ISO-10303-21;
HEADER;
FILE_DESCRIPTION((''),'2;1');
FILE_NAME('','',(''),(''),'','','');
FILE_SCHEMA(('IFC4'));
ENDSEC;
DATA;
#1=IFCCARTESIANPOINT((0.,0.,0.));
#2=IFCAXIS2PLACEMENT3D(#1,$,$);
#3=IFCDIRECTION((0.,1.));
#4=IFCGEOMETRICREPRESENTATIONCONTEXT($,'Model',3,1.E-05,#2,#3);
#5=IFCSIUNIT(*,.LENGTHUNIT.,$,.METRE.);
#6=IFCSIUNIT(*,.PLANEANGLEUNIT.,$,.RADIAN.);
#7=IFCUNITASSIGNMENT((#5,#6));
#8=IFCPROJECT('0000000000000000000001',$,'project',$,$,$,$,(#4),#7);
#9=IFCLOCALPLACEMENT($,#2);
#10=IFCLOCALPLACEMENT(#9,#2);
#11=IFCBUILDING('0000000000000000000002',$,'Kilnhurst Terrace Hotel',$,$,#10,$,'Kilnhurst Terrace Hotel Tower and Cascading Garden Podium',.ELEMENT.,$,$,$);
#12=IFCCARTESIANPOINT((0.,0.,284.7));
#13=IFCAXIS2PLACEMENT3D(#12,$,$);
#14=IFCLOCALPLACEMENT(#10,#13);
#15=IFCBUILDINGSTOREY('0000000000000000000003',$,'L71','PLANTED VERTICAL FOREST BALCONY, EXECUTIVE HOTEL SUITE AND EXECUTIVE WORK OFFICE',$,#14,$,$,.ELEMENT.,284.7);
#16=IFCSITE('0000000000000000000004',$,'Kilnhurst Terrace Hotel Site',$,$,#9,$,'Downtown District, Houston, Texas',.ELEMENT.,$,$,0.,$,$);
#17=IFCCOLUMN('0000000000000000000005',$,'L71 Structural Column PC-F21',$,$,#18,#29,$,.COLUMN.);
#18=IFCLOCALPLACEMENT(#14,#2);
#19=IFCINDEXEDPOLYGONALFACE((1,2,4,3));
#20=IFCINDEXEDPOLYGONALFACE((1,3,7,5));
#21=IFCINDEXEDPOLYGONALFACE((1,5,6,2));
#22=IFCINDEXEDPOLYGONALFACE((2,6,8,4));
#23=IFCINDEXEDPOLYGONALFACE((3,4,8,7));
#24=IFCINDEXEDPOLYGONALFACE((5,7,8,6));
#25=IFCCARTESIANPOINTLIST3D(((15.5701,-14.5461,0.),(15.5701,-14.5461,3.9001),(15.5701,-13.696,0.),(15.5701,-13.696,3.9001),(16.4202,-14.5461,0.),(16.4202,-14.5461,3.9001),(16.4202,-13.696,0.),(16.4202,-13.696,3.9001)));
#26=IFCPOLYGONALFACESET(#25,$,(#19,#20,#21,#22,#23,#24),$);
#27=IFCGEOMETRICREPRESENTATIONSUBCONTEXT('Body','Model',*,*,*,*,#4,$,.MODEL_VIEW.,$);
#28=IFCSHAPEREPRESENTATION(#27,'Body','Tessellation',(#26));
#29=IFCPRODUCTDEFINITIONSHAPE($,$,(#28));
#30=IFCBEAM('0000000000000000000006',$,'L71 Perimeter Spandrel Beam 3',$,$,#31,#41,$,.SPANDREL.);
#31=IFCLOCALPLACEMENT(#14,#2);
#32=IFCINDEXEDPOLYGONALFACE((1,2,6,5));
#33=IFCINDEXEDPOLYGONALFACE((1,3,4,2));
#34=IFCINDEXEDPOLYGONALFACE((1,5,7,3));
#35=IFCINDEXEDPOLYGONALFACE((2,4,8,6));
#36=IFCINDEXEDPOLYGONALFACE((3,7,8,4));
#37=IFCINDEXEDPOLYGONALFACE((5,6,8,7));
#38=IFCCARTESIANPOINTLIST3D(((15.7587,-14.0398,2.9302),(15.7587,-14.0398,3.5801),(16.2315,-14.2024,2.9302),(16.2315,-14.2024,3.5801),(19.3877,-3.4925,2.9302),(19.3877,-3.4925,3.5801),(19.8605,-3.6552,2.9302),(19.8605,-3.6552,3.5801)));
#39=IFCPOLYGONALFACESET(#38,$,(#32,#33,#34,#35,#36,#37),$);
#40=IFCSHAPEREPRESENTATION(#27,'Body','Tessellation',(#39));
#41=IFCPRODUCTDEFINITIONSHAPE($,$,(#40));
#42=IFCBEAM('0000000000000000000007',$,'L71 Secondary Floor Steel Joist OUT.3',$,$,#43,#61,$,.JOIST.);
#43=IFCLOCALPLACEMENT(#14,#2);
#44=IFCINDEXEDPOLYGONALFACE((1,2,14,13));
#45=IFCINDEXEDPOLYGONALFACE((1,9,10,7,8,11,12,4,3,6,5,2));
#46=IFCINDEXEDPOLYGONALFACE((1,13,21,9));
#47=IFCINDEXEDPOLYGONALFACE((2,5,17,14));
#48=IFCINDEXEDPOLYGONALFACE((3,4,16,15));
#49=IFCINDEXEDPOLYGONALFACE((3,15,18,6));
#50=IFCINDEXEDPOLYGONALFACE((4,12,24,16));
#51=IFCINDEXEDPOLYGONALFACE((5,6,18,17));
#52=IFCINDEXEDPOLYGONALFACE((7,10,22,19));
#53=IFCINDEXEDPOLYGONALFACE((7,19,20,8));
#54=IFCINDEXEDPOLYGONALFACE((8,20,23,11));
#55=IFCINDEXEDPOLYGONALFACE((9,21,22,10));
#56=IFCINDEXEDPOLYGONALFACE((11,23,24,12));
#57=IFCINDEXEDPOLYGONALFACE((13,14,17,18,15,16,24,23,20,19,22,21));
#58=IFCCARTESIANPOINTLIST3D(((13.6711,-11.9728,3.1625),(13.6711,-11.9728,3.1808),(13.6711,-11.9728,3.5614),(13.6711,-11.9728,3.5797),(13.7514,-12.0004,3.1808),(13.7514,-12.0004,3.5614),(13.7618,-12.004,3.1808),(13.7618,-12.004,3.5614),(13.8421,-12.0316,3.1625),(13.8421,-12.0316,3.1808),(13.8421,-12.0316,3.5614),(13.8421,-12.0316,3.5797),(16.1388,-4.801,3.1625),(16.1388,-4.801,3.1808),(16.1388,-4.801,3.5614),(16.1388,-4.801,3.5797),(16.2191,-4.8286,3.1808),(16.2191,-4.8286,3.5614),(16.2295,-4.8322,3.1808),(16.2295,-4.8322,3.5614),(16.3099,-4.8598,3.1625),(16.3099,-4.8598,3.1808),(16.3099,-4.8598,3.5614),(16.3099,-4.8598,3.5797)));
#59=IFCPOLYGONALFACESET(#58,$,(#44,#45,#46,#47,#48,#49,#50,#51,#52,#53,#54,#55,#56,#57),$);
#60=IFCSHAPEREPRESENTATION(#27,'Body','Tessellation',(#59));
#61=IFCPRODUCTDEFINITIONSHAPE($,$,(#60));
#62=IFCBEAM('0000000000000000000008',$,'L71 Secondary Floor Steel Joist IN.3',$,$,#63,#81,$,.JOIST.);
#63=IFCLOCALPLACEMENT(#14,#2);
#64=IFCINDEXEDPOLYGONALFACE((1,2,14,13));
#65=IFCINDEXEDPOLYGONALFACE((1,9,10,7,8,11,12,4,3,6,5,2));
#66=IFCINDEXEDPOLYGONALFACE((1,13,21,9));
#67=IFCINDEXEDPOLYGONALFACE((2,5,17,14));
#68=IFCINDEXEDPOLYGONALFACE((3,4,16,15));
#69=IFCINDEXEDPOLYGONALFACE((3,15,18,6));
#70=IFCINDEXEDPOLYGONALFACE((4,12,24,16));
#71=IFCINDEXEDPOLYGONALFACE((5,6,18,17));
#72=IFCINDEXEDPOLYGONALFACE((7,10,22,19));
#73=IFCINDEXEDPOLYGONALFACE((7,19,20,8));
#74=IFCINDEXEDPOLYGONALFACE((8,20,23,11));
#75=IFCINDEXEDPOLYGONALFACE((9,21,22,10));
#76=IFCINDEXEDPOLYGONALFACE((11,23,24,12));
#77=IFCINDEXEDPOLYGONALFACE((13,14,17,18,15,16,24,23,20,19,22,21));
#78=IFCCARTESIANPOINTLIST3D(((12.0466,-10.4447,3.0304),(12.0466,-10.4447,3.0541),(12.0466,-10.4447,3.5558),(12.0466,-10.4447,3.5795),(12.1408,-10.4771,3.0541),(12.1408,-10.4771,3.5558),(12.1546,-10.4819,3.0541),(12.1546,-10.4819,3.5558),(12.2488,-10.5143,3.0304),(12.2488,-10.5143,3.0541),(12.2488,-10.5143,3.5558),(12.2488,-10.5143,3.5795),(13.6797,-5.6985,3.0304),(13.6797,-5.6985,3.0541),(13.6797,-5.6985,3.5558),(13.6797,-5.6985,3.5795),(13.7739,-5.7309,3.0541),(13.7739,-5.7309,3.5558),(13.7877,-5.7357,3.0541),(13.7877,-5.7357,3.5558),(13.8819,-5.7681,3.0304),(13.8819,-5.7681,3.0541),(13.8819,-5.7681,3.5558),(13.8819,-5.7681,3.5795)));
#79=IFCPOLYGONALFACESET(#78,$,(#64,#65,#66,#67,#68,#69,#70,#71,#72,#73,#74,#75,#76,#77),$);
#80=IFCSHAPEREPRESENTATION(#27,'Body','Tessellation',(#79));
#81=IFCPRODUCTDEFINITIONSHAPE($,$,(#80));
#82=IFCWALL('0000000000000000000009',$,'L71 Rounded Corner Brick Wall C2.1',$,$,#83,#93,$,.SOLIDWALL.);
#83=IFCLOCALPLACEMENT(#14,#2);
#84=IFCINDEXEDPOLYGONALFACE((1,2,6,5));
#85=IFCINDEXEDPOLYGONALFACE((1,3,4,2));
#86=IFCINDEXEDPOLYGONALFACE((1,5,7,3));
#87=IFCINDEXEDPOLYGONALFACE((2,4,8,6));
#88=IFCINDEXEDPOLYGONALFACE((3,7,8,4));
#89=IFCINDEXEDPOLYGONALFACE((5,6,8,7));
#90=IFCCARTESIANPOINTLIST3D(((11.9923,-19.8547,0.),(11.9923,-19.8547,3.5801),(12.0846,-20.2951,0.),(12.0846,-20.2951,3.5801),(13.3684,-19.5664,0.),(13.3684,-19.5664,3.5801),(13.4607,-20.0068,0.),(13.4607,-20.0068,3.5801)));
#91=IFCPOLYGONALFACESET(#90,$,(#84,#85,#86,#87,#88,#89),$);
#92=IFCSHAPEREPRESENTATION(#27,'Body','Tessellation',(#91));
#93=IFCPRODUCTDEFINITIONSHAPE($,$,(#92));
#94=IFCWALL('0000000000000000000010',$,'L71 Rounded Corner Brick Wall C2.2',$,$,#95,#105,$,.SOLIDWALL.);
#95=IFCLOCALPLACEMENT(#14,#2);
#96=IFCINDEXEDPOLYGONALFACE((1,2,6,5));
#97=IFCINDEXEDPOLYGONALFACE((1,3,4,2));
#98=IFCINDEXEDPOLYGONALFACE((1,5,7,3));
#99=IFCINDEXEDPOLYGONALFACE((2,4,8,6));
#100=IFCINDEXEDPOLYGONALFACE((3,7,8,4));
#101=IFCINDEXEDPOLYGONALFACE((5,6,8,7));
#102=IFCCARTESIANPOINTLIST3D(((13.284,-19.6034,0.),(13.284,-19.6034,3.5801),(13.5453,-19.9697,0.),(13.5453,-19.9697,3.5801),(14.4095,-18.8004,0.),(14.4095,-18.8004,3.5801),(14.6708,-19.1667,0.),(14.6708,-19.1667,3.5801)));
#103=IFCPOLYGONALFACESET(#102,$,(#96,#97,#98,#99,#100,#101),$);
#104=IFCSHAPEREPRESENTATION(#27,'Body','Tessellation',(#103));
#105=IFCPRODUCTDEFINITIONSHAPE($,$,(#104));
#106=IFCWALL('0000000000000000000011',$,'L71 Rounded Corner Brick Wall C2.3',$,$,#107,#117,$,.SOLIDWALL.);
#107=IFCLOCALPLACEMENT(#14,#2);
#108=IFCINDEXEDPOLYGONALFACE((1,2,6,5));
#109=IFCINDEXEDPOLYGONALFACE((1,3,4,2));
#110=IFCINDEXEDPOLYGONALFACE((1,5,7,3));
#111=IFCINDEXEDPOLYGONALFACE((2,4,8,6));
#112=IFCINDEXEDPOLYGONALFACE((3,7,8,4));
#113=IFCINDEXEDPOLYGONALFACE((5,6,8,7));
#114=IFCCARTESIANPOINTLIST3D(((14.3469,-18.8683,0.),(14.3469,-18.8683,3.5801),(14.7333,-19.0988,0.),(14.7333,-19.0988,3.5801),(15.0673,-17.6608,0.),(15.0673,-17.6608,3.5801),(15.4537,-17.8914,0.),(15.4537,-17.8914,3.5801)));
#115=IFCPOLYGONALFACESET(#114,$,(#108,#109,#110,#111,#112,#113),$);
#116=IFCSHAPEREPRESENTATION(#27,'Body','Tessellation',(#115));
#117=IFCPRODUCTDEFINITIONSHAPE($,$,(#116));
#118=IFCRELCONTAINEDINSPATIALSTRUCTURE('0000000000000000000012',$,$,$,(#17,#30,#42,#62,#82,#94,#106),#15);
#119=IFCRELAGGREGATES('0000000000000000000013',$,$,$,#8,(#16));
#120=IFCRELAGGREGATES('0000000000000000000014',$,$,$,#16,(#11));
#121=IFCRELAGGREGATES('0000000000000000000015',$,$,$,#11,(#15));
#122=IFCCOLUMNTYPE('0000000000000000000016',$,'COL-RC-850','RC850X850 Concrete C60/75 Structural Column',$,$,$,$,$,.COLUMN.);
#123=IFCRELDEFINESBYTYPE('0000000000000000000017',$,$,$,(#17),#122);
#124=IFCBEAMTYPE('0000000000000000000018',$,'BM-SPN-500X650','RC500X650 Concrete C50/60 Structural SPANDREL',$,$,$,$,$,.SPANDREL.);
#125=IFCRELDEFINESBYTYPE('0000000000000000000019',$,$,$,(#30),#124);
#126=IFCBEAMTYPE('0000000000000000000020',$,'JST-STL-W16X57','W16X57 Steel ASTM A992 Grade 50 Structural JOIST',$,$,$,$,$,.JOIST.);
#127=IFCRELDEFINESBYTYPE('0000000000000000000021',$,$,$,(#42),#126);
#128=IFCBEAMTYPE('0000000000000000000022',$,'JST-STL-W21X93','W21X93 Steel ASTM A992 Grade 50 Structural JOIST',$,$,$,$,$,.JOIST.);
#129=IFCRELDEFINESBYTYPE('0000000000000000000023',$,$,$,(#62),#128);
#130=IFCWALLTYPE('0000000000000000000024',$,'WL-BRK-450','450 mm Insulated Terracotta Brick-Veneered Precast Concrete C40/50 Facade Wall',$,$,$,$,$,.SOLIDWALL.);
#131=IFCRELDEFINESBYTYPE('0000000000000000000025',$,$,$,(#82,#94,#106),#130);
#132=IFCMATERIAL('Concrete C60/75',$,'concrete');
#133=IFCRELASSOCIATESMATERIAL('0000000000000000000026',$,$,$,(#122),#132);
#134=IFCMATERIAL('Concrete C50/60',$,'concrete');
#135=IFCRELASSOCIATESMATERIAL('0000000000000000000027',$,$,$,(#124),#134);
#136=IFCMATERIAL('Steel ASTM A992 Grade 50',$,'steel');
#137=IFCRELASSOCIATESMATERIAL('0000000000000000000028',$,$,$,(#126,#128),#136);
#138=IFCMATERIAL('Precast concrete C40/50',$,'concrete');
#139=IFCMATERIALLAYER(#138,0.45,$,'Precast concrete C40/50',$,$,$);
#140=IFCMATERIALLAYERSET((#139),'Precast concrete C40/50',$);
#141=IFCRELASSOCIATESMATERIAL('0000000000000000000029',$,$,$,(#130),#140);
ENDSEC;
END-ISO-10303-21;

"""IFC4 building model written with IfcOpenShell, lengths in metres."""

from ifc_helpers import new_model, si_unit, direction, frame, frame_2d, origin, origin_2d, place, context, subcontext, project, spatial, rectangle, i_section, extrude, material, layer, layer_set, material_profile, profile_set, type_object, element, save


model = new_model("IFC4")

# Units and contexts
model_context = context("Model", 3, precision=1e-05, world=origin(), true_north=direction((0.0, 1.0)))
body_context = subcontext(model_context, "Body", "Model", "MODEL_VIEW")
ifc_project = project(units=[si_unit("LENGTHUNIT", "METRE"), si_unit("PLANEANGLEUNIT", "RADIAN")], contexts=[model_context])

# Site, building, storey
site_placement = place(None, origin())
site = spatial("IfcSite", under=ifc_project, at=site_placement, Name="Kilnhurst Terrace Hotel Site", LongName="Downtown District, Houston, Texas", CompositionType="ELEMENT", RefElevation=0.0)
building_placement = place(site_placement, origin())
building = spatial("IfcBuilding", under=site, at=building_placement, Name="Kilnhurst Terrace Hotel", LongName="Kilnhurst Terrace Hotel Tower and Cascading Garden Podium", CompositionType="ELEMENT")
storey_placement = place(building_placement, frame((0.0, 0.0, 284.7)))
storey = spatial("IfcBuildingStorey", under=building, at=storey_placement, Name="L71", Description="PLANTED VERTICAL FOREST BALCONY, EXECUTIVE HOTEL SUITE AND EXECUTIVE WORK OFFICE", CompositionType="ELEMENT", Elevation=284.7)

# Column
ifc_material_1 = material(Name="Concrete C60/75", Category="concrete")
ifc_material_profile_1 = material_profile(ifc_material_1, rectangle(XDim=0.8501, YDim=0.8501, at=origin_2d()), Name="RC850X850")
ifc_profile_set_1 = profile_set([ifc_material_profile_1], Name="Concrete C60/75")
column_type = type_object("IfcColumnType", Name="COL-RC-850", Description="RC850X850 Concrete C60/75 Structural Column", PredefinedType="COLUMN", material=ifc_profile_set_1)
column_placement = place(storey_placement, frame((15.9951, -14.1211, 0.0), z_axis=(0.0, 0.0, 1.0), x_axis=(1.0, 0.0, 0.0)))
element("IfcColumn", 1, at=column_placement, inside=storey, type_object=column_type, Name="L71 Structural Column PC-F21", PredefinedType="COLUMN", context=body_context, shape_type="SweptSolid", body=[
    extrude(rectangle(XDim=0.8501, YDim=0.8501, at=origin_2d()), origin(), (0.0, 0.0, 1.0), 3.9001),
])

# Beams
ifc_material_2 = material(Name="Concrete C50/60", Category="concrete")
ifc_material_profile_2 = material_profile(ifc_material_2, rectangle(XDim=0.5, YDim=0.6499, at=origin_2d()), Name="RC500X650")
ifc_profile_set_2 = profile_set([ifc_material_profile_2], Name="Concrete C50/60")
beam_type_1 = type_object("IfcBeamType", Name="BM-SPN-500X650", Description="RC500X650 Concrete C50/60 Structural SPANDREL", PredefinedType="SPANDREL", material=ifc_profile_set_2)
beam_1_placement = place(storey_placement, frame((15.9951, -14.1211, 3.2551), z_axis=(0.325347, 0.945595, 0.0), x_axis=(-0.945595, 0.325347, 0.0)))
element("IfcBeam", 2, at=beam_1_placement, inside=storey, type_object=beam_type_1, Name="L71 Perimeter Spandrel Beam 3", PredefinedType="SPANDREL", context=body_context, shape_type="SweptSolid", body=[
    extrude(rectangle(XDim=0.5, YDim=0.6499, at=origin_2d()), origin(), (0.0, 0.0, 1.0), 11.1541),
])
ifc_material_3 = material(Name="Steel ASTM A992 Grade 50", Category="steel")
ifc_material_profile_3 = material_profile(ifc_material_3, i_section(OverallWidth=0.1809, OverallDepth=0.4172, WebThickness=0.011, FlangeThickness=0.0183, at=origin_2d()), Name="W16X57")
ifc_profile_set_3 = profile_set([ifc_material_profile_3], Name="Steel ASTM A992 Grade 50")
beam_type_2 = type_object("IfcBeamType", Name="JST-STL-W16X57", Description="W16X57 Steel ASTM A992 Grade 50 Structural JOIST", PredefinedType="JOIST", material=ifc_profile_set_3)
beam_2_placement = place(storey_placement, frame((13.7566, -12.0022, 3.3711), z_axis=(0.325368, 0.945588, 0.0), x_axis=(-0.945588, 0.325368, 0.0)))
element("IfcBeam", 3, at=beam_2_placement, inside=storey, type_object=beam_type_2, Name="L71 Secondary Floor Steel Joist OUT.3", PredefinedType="JOIST", context=body_context, shape_type="SweptSolid", body=[
    extrude(i_section(OverallWidth=0.1809, OverallDepth=0.4172, WebThickness=0.011, FlangeThickness=0.0183, at=origin_2d()), origin(), (0.0, 0.0, 1.0), 7.5845),
])
ifc_material_profile_4 = material_profile(ifc_material_3, i_section(OverallWidth=0.2139, OverallDepth=0.5491, WebThickness=0.0146, FlangeThickness=0.0237, at=origin_2d()), Name="W21X93")
ifc_profile_set_4 = profile_set([ifc_material_profile_4], Name="Steel ASTM A992 Grade 50")
beam_type_3 = type_object("IfcBeamType", Name="JST-STL-W21X93", Description="W21X93 Steel ASTM A992 Grade 50 Structural JOIST", PredefinedType="JOIST", material=ifc_profile_set_4)
beam_3_placement = place(storey_placement, frame((12.1477, -10.4795, 3.3049), z_axis=(0.325363, 0.945589, 0.0), x_axis=(-0.945589, 0.325363, 0.0)))
element("IfcBeam", 4, at=beam_3_placement, inside=storey, type_object=beam_type_3, Name="L71 Secondary Floor Steel Joist IN.3", PredefinedType="JOIST", context=body_context, shape_type="SweptSolid", body=[
    extrude(i_section(OverallWidth=0.2139, OverallDepth=0.5491, WebThickness=0.0146, FlangeThickness=0.0237, at=origin_2d()), origin(), (0.0, 0.0, 1.0), 5.0193),
])

# Walls
ifc_material_4 = material(Name="Precast concrete C40/50", Category="concrete")
ifc_layer_1 = layer(ifc_material_4, 0.45, Name="Precast concrete C40/50")
ifc_layer_set_1 = layer_set([ifc_layer_1], Name="Precast concrete C40/50")
wall_type_1 = type_object("IfcWallType", Name="WL-BRK-450", Description="450 mm Insulated Terracotta Brick-Veneered Precast Concrete C40/50 Facade Wall", PredefinedType="SOLIDWALL", material=ifc_layer_set_1)
wall_1_placement = place(storey_placement, frame((12.0383, -20.075, 0.0), z_axis=(0.0, 0.0, 1.0), x_axis=(0.97875, 0.205057, 0.0)))
element("IfcWall", 5, at=wall_1_placement, inside=storey, type_object=wall_type_1, Name="L71 Rounded Corner Brick Wall C2.1", PredefinedType="SOLIDWALL", context=body_context, shape_type="SweptSolid", body=[
    extrude(rectangle(XDim=1.406, YDim=0.45, at=frame_2d((0.7031, 0.0))), origin(), (0.0, 0.0, 1.0), 3.5801),
])
wall_2_placement = place(storey_placement, frame((13.4146, -19.7866, 0.0), z_axis=(0.0, 0.0, 1.0), x_axis=(0.814055, 0.580787, 0.0)))
element("IfcWall", 6, at=wall_2_placement, inside=storey, type_object=wall_type_1, Name="L71 Rounded Corner Brick Wall C2.2", PredefinedType="SOLIDWALL", context=body_context, shape_type="SweptSolid", body=[
    extrude(rectangle(XDim=1.3826, YDim=0.45, at=frame_2d((0.6914, 0.0))), origin(), (0.0, 0.0, 1.0), 3.5801),
])
wall_3_placement = place(storey_placement, frame((14.54, -18.9836, 0.0), z_axis=(0.0, 0.0, 1.0), x_axis=(0.512375, 0.858762, 0.0)))
element("IfcWall", 7, at=wall_3_placement, inside=storey, type_object=wall_type_1, Name="L71 Rounded Corner Brick Wall C2.3", PredefinedType="SOLIDWALL", context=body_context, shape_type="SweptSolid", body=[
    extrude(rectangle(XDim=1.406, YDim=0.45, at=frame_2d((0.7031, 0.0))), origin(), (0.0, 0.0, 1.0), 3.5801),
])

save(model, "model.ifc")
